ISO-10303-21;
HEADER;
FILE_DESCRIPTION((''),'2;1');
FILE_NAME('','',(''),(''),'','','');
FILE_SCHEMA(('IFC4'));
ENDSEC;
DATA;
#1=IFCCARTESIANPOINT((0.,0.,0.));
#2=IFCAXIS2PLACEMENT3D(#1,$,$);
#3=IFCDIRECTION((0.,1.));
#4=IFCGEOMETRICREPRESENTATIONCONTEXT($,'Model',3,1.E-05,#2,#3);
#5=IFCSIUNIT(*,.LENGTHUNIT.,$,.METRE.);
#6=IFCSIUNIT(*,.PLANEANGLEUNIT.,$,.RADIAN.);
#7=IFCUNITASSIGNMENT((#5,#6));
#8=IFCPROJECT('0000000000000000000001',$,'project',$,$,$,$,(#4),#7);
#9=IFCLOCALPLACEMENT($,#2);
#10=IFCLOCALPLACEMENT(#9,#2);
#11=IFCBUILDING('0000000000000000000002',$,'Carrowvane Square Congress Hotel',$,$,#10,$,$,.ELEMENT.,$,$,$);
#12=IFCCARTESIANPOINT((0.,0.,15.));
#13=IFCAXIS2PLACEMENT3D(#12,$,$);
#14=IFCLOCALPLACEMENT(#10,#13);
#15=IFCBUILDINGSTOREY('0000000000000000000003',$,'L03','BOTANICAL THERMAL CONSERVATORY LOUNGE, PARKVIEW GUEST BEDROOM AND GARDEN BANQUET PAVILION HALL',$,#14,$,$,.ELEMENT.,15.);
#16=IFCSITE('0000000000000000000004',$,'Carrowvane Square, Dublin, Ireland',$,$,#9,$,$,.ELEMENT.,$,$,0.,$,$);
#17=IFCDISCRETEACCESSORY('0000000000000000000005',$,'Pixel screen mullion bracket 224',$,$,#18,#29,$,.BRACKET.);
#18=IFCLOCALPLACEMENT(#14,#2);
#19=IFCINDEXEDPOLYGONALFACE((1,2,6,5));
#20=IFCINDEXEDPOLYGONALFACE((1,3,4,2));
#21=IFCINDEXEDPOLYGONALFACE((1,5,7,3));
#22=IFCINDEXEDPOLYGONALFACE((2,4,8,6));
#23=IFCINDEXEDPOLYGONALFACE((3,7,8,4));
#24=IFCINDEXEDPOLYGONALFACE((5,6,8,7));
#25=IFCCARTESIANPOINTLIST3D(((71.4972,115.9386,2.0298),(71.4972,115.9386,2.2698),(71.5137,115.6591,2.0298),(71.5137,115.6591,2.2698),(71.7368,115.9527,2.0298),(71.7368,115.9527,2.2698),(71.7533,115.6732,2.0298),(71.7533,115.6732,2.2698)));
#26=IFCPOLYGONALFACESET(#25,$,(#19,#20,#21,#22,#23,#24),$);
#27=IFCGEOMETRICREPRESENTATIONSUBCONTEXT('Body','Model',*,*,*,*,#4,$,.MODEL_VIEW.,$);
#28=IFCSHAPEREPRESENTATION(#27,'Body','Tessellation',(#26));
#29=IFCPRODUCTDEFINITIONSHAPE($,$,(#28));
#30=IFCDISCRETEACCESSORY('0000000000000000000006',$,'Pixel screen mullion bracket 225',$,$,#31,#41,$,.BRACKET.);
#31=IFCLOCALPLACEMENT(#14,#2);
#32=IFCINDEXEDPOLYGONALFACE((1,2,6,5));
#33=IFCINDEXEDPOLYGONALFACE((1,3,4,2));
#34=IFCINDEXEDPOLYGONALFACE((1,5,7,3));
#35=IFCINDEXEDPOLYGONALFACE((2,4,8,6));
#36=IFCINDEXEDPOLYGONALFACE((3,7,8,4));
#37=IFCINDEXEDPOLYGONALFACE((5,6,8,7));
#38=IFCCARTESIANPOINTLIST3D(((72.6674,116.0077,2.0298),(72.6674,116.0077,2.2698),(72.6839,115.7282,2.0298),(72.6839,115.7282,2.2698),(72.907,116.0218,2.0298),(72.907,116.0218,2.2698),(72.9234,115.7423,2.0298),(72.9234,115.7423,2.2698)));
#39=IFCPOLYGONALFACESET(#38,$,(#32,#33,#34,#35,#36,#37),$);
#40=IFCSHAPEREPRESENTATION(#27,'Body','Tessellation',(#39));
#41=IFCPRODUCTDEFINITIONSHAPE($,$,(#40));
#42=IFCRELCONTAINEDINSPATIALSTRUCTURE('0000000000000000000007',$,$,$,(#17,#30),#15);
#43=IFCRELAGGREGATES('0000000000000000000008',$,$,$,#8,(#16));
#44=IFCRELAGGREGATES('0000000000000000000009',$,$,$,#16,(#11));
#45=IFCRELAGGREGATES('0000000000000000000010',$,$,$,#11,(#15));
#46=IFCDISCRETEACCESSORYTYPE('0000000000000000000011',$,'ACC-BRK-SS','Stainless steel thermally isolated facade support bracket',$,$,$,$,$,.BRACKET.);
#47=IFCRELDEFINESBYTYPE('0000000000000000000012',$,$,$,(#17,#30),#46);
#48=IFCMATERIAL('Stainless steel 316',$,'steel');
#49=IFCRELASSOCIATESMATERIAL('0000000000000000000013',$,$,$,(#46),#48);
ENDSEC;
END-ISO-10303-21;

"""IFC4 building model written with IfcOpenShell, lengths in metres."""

from ifc_helpers import new_model, si_unit, direction, frame, origin, origin_2d, place, context, subcontext, project, spatial, rectangle, extrude, material, type_object, element, save


model = new_model("IFC4")

# Units and contexts
model_context = context("Model", 3, precision=1e-05, world=origin(), true_north=direction((0.0, 1.0)))
body_context = subcontext(model_context, "Body", "Model", "MODEL_VIEW")
ifc_project = project(units=[si_unit("LENGTHUNIT", "METRE"), si_unit("PLANEANGLEUNIT", "RADIAN")], contexts=[model_context])

# Site, building, storey
site_placement = place(None, origin())
site = spatial("IfcSite", under=ifc_project, at=site_placement, Name="Carrowvane Square, Dublin, Ireland", CompositionType="ELEMENT", RefElevation=0.0)
building_placement = place(site_placement, origin())
building = spatial("IfcBuilding", under=site, at=building_placement, Name="Carrowvane Square Congress Hotel", CompositionType="ELEMENT")
storey_placement = place(building_placement, frame((0.0, 0.0, 15.0)))
storey = spatial("IfcBuildingStorey", under=building, at=storey_placement, Name="L03", Description="BOTANICAL THERMAL CONSERVATORY LOUNGE, PARKVIEW GUEST BEDROOM AND GARDEN BANQUET PAVILION HALL", CompositionType="ELEMENT", Elevation=15.0)

# Discrete accessories
ifc_material_1 = material(Name="Stainless steel 316", Category="steel")
discrete_accessory_type = type_object("IfcDiscreteAccessoryType", Name="ACC-BRK-SS", Description="Stainless steel thermally isolated facade support bracket", PredefinedType="BRACKET", material=ifc_material_1)
for number, where, z_axis, x_axis, name in (
    (1, (71.6252, 115.8059, 2.0298), (0.0, 0.0, 1.0), (0.998267, 0.058852, 0.0), "Pixel screen mullion bracket 224"),
    (2, (72.7954, 115.875, 2.0298), (0.0, 0.0, 1.0), (0.998267, 0.058852, 0.0), "Pixel screen mullion bracket 225"),
):
    element("IfcDiscreteAccessory", number, at=place(storey_placement, frame(where, z_axis=z_axis, x_axis=x_axis)), inside=storey, type_object=discrete_accessory_type, Name=name, PredefinedType="BRACKET", context=body_context, shape_type="SweptSolid", body=[
        extrude(rectangle(XDim=0.24, YDim=0.28, at=origin_2d()), origin(), (0.0, 0.0, 1.0), 0.24),
    ])

save(model, "model.ifc")
